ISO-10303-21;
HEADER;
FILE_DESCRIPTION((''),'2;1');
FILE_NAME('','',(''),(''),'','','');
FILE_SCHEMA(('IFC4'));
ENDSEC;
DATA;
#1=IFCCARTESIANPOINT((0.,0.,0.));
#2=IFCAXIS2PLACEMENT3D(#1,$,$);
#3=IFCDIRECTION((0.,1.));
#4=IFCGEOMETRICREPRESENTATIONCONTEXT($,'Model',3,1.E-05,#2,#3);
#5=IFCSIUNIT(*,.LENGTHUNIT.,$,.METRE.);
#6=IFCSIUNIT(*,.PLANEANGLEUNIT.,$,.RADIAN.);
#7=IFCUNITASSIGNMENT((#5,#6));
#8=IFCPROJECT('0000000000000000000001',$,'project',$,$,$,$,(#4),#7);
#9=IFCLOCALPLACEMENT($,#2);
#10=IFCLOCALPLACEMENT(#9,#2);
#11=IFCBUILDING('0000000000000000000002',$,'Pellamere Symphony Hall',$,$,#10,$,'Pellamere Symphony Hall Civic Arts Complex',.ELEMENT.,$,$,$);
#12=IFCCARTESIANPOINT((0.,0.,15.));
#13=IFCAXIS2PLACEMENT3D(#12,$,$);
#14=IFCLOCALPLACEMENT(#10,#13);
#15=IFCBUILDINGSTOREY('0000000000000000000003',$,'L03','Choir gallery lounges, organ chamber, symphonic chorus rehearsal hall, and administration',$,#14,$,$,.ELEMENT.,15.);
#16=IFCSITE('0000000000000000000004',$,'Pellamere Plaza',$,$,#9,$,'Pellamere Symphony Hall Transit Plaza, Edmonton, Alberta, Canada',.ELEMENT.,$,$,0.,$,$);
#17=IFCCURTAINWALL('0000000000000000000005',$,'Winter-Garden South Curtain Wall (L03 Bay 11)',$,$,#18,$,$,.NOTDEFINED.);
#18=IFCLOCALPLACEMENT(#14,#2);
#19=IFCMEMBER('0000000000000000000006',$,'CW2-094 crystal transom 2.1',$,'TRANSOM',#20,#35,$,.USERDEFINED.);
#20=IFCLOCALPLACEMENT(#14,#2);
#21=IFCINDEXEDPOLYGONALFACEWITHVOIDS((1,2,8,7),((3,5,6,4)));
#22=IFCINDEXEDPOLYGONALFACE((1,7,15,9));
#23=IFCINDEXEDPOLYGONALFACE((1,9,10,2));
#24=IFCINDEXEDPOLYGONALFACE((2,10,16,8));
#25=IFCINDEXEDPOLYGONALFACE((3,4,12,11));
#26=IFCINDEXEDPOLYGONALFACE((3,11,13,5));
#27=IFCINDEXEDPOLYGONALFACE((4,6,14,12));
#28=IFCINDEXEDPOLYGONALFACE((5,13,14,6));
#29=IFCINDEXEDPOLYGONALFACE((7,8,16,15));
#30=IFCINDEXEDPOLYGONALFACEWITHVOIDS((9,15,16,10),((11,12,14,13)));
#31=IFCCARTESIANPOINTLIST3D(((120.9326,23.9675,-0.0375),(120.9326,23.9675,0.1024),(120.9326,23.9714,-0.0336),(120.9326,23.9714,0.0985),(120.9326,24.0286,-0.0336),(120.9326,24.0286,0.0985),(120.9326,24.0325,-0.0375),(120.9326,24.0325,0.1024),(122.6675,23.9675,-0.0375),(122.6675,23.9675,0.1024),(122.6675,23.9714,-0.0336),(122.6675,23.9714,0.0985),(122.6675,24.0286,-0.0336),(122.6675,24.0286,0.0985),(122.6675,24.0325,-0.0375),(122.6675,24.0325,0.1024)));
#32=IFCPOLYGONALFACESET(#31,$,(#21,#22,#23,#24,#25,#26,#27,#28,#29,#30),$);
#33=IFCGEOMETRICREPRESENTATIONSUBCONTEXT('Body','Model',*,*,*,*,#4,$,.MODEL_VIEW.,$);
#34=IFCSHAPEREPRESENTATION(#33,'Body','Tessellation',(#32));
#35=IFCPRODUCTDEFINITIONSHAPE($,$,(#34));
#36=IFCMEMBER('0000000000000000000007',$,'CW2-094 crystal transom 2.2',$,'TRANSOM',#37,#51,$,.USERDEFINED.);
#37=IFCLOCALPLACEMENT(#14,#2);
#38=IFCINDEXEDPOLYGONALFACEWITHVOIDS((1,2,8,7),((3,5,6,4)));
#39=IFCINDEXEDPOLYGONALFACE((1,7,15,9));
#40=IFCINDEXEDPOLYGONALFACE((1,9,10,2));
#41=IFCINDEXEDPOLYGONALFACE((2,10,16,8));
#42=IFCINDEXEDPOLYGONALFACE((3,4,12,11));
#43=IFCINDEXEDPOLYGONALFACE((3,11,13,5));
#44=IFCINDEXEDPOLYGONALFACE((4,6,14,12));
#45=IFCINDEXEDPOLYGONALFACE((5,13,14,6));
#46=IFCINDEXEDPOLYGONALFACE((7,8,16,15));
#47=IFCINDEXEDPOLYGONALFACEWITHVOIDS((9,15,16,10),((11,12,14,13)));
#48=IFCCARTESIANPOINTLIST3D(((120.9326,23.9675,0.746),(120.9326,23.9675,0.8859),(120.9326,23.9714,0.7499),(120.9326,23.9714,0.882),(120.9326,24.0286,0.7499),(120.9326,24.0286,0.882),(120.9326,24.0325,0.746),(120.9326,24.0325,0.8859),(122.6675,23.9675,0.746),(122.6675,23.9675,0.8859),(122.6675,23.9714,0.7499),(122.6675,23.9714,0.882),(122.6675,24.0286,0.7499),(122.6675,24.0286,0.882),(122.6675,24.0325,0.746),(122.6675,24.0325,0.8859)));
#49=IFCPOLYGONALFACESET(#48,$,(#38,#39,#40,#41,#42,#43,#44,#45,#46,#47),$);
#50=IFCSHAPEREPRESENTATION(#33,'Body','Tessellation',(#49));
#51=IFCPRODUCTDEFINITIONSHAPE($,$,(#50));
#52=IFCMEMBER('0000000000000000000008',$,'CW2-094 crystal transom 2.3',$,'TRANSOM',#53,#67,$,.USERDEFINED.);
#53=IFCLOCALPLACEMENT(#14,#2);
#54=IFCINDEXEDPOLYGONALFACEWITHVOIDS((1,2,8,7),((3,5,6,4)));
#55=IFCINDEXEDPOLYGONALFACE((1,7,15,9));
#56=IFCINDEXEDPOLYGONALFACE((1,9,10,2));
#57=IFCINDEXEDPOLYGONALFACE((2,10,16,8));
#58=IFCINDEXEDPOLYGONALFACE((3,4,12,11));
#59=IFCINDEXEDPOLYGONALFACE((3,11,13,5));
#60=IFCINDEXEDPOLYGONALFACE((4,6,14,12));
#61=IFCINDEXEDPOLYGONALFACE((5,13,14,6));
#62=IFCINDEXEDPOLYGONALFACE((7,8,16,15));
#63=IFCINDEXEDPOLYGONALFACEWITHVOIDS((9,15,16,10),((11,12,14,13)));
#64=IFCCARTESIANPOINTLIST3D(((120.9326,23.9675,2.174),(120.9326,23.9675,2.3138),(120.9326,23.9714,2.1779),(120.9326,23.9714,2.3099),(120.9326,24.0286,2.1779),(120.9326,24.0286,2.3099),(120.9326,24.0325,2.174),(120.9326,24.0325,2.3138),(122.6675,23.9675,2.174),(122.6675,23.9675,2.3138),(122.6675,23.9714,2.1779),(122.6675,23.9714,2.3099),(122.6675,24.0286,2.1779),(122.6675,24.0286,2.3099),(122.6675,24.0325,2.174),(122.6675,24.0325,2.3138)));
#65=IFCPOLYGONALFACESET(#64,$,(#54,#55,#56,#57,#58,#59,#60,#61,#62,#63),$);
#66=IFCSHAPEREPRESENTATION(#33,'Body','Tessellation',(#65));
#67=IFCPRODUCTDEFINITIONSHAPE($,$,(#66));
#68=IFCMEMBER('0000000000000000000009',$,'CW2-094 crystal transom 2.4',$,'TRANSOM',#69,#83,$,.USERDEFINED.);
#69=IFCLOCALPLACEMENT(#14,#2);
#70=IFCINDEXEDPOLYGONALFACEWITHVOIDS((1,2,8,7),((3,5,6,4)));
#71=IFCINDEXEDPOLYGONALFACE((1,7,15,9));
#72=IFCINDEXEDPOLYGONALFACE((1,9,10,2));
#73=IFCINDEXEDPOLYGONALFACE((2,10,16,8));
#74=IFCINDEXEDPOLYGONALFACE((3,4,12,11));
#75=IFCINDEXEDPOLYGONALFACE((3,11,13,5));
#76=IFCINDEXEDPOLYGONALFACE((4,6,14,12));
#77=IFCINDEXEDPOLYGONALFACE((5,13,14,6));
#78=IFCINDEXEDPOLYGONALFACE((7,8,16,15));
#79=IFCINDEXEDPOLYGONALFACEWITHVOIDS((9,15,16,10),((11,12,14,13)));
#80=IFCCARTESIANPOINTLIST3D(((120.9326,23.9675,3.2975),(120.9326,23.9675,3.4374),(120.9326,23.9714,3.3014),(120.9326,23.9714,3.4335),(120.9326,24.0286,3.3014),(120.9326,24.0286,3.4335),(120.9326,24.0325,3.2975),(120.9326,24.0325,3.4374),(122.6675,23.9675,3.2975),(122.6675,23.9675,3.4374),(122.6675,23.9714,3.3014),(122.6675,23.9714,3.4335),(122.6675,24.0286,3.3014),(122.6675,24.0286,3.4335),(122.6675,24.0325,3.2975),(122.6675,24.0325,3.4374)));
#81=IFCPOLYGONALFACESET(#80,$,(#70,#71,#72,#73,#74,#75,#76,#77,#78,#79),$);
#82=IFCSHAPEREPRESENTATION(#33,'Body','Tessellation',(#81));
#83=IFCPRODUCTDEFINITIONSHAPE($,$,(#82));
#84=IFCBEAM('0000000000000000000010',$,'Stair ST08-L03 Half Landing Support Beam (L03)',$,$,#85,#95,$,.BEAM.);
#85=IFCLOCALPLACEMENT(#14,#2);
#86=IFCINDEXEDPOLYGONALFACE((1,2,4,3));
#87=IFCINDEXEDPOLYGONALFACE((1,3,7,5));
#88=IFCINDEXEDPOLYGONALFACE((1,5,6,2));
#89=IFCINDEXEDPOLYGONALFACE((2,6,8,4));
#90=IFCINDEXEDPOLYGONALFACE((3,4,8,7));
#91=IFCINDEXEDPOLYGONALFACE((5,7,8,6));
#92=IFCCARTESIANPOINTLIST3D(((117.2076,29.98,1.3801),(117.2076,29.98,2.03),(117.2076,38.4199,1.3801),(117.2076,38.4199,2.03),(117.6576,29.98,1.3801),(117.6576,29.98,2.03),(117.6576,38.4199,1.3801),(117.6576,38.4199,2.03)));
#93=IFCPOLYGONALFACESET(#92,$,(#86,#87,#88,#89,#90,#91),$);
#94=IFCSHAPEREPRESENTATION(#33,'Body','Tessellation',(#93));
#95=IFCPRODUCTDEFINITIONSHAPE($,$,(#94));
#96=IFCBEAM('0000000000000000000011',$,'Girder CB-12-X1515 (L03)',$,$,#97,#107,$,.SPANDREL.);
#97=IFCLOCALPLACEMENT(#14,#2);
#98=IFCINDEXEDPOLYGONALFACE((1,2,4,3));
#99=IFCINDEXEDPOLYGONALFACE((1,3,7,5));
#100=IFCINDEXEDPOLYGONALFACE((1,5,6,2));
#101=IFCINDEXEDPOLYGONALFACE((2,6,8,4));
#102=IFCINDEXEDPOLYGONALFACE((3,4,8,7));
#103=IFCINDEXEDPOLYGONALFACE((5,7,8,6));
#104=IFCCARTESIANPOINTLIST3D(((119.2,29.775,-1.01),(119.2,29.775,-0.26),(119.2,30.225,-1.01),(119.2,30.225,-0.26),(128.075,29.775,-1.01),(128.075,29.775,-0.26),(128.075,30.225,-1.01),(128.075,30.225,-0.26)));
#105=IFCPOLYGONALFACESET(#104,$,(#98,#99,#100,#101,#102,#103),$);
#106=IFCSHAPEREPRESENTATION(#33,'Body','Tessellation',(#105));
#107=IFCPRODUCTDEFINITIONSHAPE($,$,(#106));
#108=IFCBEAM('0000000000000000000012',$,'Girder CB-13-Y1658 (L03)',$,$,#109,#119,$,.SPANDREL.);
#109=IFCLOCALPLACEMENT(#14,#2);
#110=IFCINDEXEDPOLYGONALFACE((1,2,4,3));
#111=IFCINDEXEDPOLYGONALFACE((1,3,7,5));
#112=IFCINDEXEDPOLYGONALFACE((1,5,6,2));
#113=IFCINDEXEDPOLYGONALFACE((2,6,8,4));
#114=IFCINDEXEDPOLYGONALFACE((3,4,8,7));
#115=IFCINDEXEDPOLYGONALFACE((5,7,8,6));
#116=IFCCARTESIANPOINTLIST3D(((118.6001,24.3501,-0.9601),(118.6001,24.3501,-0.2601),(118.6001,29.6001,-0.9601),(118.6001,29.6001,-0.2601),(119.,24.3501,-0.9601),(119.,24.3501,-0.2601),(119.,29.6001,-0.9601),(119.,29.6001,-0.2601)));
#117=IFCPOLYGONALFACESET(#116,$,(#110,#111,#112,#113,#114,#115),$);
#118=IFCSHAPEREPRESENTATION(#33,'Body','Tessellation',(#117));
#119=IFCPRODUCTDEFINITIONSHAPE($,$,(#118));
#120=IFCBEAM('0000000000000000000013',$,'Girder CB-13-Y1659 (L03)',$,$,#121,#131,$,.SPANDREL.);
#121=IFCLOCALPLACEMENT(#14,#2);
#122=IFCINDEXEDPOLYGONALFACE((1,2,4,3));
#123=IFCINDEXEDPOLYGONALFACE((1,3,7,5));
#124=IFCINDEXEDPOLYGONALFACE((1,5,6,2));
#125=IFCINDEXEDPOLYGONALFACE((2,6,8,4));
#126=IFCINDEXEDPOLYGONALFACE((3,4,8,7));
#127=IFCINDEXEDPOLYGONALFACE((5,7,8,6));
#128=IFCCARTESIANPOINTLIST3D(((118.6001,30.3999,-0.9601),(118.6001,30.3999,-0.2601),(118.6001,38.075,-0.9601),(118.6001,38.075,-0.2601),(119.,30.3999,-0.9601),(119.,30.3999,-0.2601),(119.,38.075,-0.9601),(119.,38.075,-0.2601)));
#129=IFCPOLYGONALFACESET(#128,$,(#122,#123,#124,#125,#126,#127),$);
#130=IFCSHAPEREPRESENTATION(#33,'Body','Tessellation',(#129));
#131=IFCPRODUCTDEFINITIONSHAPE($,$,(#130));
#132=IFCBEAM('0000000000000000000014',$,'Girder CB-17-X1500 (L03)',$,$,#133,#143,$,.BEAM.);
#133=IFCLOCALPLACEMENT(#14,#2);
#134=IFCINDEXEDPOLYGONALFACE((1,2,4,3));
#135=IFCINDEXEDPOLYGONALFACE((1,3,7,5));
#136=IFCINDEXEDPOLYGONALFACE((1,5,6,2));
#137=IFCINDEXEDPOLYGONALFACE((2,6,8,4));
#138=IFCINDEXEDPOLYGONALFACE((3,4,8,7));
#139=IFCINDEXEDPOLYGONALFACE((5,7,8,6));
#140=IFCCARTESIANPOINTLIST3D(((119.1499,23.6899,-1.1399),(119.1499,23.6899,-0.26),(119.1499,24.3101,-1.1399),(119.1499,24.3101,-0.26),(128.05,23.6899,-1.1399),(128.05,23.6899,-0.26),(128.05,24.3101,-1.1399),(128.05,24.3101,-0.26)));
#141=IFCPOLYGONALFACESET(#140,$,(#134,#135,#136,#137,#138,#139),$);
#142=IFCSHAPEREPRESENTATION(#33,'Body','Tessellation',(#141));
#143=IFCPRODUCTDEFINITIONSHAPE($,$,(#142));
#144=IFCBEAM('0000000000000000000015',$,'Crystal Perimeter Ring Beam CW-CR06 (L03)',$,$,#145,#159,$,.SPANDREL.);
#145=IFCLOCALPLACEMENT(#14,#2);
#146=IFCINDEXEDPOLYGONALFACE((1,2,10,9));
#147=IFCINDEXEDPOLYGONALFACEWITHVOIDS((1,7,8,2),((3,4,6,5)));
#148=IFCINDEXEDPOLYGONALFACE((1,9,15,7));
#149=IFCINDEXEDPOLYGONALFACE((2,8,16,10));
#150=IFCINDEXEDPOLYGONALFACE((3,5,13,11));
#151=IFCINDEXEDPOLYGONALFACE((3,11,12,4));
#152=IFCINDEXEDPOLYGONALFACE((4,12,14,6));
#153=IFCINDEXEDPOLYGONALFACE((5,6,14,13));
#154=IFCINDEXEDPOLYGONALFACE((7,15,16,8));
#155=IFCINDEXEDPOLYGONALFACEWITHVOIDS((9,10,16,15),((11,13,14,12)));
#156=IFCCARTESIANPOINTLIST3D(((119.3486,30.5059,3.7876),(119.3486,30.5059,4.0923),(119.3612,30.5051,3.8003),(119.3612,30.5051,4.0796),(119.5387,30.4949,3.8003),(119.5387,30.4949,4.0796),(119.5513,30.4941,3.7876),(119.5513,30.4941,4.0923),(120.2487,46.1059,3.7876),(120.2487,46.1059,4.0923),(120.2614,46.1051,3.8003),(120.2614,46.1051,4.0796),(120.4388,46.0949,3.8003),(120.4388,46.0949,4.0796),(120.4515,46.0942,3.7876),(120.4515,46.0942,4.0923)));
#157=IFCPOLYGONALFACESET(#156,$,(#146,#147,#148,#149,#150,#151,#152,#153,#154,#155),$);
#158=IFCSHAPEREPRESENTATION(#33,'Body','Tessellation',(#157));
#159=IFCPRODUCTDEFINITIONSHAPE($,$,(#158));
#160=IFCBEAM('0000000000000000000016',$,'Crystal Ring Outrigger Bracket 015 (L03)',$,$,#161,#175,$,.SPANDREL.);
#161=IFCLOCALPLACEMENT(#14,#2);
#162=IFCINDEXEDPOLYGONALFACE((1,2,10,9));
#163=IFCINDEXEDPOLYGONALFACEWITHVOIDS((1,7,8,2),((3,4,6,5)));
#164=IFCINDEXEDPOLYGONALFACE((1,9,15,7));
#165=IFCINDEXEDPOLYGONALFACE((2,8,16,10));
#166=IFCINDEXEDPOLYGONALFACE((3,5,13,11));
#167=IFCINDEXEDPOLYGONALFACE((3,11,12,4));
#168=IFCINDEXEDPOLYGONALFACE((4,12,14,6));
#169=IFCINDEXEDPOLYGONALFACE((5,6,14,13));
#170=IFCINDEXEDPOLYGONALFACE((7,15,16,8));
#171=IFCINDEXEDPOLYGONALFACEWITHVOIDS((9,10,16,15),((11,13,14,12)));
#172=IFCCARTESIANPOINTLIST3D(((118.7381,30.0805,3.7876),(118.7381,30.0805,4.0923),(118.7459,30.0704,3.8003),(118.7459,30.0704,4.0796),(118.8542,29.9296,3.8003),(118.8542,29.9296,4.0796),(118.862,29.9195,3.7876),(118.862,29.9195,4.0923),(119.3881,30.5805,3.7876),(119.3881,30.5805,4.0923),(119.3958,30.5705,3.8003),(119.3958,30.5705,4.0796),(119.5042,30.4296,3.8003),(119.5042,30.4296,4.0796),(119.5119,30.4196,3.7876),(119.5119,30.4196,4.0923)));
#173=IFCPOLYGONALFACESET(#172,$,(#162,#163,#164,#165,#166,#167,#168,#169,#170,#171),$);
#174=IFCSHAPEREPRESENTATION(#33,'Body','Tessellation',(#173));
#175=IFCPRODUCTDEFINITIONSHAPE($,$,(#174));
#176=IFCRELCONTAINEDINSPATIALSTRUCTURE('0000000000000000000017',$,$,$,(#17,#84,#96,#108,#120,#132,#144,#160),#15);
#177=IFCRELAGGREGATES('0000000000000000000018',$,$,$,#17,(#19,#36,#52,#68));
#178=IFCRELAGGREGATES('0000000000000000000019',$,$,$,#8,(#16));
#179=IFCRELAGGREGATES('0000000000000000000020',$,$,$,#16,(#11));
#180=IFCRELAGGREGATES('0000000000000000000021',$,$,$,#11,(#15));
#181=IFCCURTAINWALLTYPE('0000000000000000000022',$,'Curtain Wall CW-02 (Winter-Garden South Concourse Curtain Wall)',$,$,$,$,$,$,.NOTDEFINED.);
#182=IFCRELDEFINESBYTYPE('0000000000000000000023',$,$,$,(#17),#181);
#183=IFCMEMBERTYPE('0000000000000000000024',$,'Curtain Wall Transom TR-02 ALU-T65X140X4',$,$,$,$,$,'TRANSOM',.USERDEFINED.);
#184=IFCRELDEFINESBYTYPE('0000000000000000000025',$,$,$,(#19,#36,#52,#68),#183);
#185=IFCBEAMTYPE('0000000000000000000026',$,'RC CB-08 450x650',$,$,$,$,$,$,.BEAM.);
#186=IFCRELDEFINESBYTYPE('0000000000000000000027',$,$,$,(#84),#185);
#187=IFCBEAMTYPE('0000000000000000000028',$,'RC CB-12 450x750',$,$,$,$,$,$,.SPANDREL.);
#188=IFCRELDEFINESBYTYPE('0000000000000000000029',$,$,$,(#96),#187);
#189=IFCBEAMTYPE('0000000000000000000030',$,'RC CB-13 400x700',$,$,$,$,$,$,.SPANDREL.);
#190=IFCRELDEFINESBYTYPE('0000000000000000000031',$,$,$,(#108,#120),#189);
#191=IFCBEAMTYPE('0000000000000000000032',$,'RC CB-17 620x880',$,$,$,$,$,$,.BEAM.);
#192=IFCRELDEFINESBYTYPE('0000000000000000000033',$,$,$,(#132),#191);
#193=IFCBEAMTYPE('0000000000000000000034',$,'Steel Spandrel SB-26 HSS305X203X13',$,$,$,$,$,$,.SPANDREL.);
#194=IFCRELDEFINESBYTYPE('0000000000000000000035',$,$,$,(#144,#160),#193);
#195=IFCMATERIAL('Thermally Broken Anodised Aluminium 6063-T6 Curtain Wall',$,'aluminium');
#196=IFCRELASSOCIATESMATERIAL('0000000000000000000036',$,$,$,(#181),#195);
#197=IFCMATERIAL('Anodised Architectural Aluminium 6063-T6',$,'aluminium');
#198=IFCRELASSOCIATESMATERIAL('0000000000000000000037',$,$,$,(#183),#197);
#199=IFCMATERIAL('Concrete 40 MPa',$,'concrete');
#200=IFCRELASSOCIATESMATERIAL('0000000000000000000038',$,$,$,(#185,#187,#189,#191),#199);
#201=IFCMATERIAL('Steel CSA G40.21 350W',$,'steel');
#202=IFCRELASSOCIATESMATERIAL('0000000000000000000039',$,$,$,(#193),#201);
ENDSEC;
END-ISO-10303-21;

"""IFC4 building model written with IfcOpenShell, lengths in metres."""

from ifc_helpers import new_model, si_unit, direction, frame, origin, origin_2d, place, context, subcontext, project, spatial, rectangle, hollow_rectangle, extrude, material, material_profile, profile_set, type_object, element, aggregate, save


model = new_model("IFC4")

# Units and contexts
model_context = context("Model", 3, precision=1e-05, world=origin(), true_north=direction((0.0, 1.0)))
body_context = subcontext(model_context, "Body", "Model", "MODEL_VIEW")
ifc_project = project(units=[si_unit("LENGTHUNIT", "METRE"), si_unit("PLANEANGLEUNIT", "RADIAN")], contexts=[model_context])

# Site, building, storey
site_placement = place(None, origin())
site = spatial("IfcSite", under=ifc_project, at=site_placement, Name="Pellamere Plaza", LongName="Pellamere Symphony Hall Transit Plaza, Edmonton, Alberta, Canada", CompositionType="ELEMENT", RefElevation=0.0)
building_placement = place(site_placement, origin())
building = spatial("IfcBuilding", under=site, at=building_placement, Name="Pellamere Symphony Hall", LongName="Pellamere Symphony Hall Civic Arts Complex", CompositionType="ELEMENT")
storey_placement = place(building_placement, frame((0.0, 0.0, 15.0)))
storey = spatial("IfcBuildingStorey", under=building, at=storey_placement, Name="L03", Description="Choir gallery lounges, organ chamber, symphonic chorus rehearsal hall, and administration", CompositionType="ELEMENT", Elevation=15.0)

# Shared definitions
ifc_material_1 = material(Name="Concrete 40 MPa", Category="concrete")

# Shared definitions
ifc_material_2 = material(Name="Thermally Broken Anodised Aluminium 6063-T6 Curtain Wall", Category="aluminium")
curtain_wall_type = type_object("IfcCurtainWallType", Name="Curtain Wall CW-02 (Winter-Garden South Concourse Curtain Wall)", PredefinedType="NOTDEFINED", material=ifc_material_2)
ifc_material_3 = material(Name="Anodised Architectural Aluminium 6063-T6", Category="aluminium")

# Curtain wall, members
curtain_wall_1_placement = place(storey_placement, origin())
curtain_wall_1 = element("IfcCurtainWall", 1, at=curtain_wall_1_placement, inside=storey, type_object=curtain_wall_type, Name="Winter-Garden South Curtain Wall (L03 Bay 11)", PredefinedType="NOTDEFINED")
ifc_material_profile_1 = material_profile(ifc_material_3, hollow_rectangle(XDim=0.0649, YDim=0.1399, WallThickness=0.0039, at=origin_2d()), Name="ALU-T65X140X4")
ifc_profile_set_1 = profile_set([ifc_material_profile_1], Name="Anodised Architectural Aluminium 6063-T6")
member_type_1 = type_object("IfcMemberType", Name="Curtain Wall Transom TR-02 ALU-T65X140X4", ElementType="TRANSOM", PredefinedType="USERDEFINED", material=ifc_profile_set_1)
member_1_placement = place(storey_placement, frame((120.9326, 24.0, 0.0325), z_axis=(1.0, 0.0, 0.0), x_axis=(0.0, 1.0, 0.0)))
member_1 = element("IfcMember", 2, at=member_1_placement, type_object=member_type_1, Name="CW2-094 crystal transom 2.1", ObjectType="TRANSOM", PredefinedType="USERDEFINED", context=body_context, shape_type="SweptSolid", body=[
    extrude(hollow_rectangle(XDim=0.0649, YDim=0.1399, WallThickness=0.0039, at=origin_2d()), origin(), (0.0, 0.0, 1.0), 1.7349),
])
member_2_placement = place(storey_placement, frame((120.9326, 24.0, 0.8159), z_axis=(1.0, 0.0, 0.0), x_axis=(0.0, 1.0, 0.0)))
member_2 = element("IfcMember", 3, at=member_2_placement, type_object=member_type_1, Name="CW2-094 crystal transom 2.2", ObjectType="TRANSOM", PredefinedType="USERDEFINED", context=body_context, shape_type="SweptSolid", body=[
    extrude(hollow_rectangle(XDim=0.0649, YDim=0.1399, WallThickness=0.0039, at=origin_2d()), origin(), (0.0, 0.0, 1.0), 1.7349),
])
member_3_placement = place(storey_placement, frame((120.9326, 24.0, 2.2439), z_axis=(1.0, 0.0, 0.0), x_axis=(0.0, 1.0, 0.0)))
member_3 = element("IfcMember", 4, at=member_3_placement, type_object=member_type_1, Name="CW2-094 crystal transom 2.3", ObjectType="TRANSOM", PredefinedType="USERDEFINED", context=body_context, shape_type="SweptSolid", body=[
    extrude(hollow_rectangle(XDim=0.0649, YDim=0.1399, WallThickness=0.0039, at=origin_2d()), origin(), (0.0, 0.0, 1.0), 1.7349),
])
member_4_placement = place(storey_placement, frame((120.9326, 24.0, 3.3674), z_axis=(1.0, 0.0, 0.0), x_axis=(0.0, 1.0, 0.0)))
member_4 = element("IfcMember", 5, at=member_4_placement, type_object=member_type_1, Name="CW2-094 crystal transom 2.4", ObjectType="TRANSOM", PredefinedType="USERDEFINED", context=body_context, shape_type="SweptSolid", body=[
    extrude(hollow_rectangle(XDim=0.0649, YDim=0.1399, WallThickness=0.0039, at=origin_2d()), origin(), (0.0, 0.0, 1.0), 1.7349),
])

# Beams
ifc_material_profile_2 = material_profile(ifc_material_1, rectangle(XDim=0.45, YDim=0.6499, at=origin_2d()), Name="RC 450x650")
ifc_profile_set_2 = profile_set([ifc_material_profile_2], Name="Concrete 40 MPa")
beam_type_1 = type_object("IfcBeamType", Name="RC CB-08 450x650", PredefinedType="BEAM", material=ifc_profile_set_2)
beam_1_placement = place(storey_placement, frame((117.4326, 29.98, 1.7051), z_axis=(0.0, 1.0, 0.0), x_axis=(-1.0, 0.0, 0.0)))
element("IfcBeam", 6, at=beam_1_placement, inside=storey, type_object=beam_type_1, Name="Stair ST08-L03 Half Landing Support Beam (L03)", PredefinedType="BEAM", context=body_context, shape_type="SweptSolid", body=[
    extrude(rectangle(XDim=0.45, YDim=0.6499, at=origin_2d()), origin(), (0.0, 0.0, 1.0), 8.4399),
])
ifc_material_profile_3 = material_profile(ifc_material_1, rectangle(XDim=0.45, YDim=0.75, at=origin_2d()), Name="RC 450x750")
ifc_profile_set_3 = profile_set([ifc_material_profile_3], Name="Concrete 40 MPa")
beam_type_2 = type_object("IfcBeamType", Name="RC CB-12 450x750", PredefinedType="SPANDREL", material=ifc_profile_set_3)
beam_2_placement = place(storey_placement, frame((119.2, 30.0, -0.635), z_axis=(1.0, 0.0, 0.0), x_axis=(0.0, 1.0, 0.0)))
element("IfcBeam", 7, at=beam_2_placement, inside=storey, type_object=beam_type_2, Name="Girder CB-12-X1515 (L03)", PredefinedType="SPANDREL", context=body_context, shape_type="SweptSolid", body=[
    extrude(rectangle(XDim=0.45, YDim=0.75, at=origin_2d()), origin(), (0.0, 0.0, 1.0), 8.875),
])
ifc_material_profile_4 = material_profile(ifc_material_1, rectangle(XDim=0.3999, YDim=0.7, at=origin_2d()), Name="RC 400x700")
ifc_profile_set_4 = profile_set([ifc_material_profile_4], Name="Concrete 40 MPa")
beam_type_3 = type_object("IfcBeamType", Name="RC CB-13 400x700", PredefinedType="SPANDREL", material=ifc_profile_set_4)
beam_3_placement = place(storey_placement, frame((118.8, 24.3501, -0.6101), z_axis=(0.0, 1.0, 0.0), x_axis=(-1.0, 0.0, 0.0)))
element("IfcBeam", 8, at=beam_3_placement, inside=storey, type_object=beam_type_3, Name="Girder CB-13-Y1658 (L03)", PredefinedType="SPANDREL", context=body_context, shape_type="SweptSolid", body=[
    extrude(rectangle(XDim=0.3999, YDim=0.7, at=origin_2d()), origin(), (0.0, 0.0, 1.0), 5.25),
])
beam_4_placement = place(storey_placement, frame((118.8, 30.3999, -0.6101), z_axis=(0.0, 1.0, 0.0), x_axis=(-1.0, 0.0, 0.0)))
element("IfcBeam", 9, at=beam_4_placement, inside=storey, type_object=beam_type_3, Name="Girder CB-13-Y1659 (L03)", PredefinedType="SPANDREL", context=body_context, shape_type="SweptSolid", body=[
    extrude(rectangle(XDim=0.3999, YDim=0.7, at=origin_2d()), origin(), (0.0, 0.0, 1.0), 7.675),
])
ifc_material_profile_5 = material_profile(ifc_material_1, rectangle(XDim=0.6201, YDim=0.8799, at=origin_2d()), Name="RC 620x880")
ifc_profile_set_5 = profile_set([ifc_material_profile_5], Name="Concrete 40 MPa")
beam_type_4 = type_object("IfcBeamType", Name="RC CB-17 620x880", PredefinedType="BEAM", material=ifc_profile_set_5)
beam_5_placement = place(storey_placement, frame((119.1499, 24.0, -0.7), z_axis=(1.0, 0.0, 0.0), x_axis=(0.0, 1.0, 0.0)))
element("IfcBeam", 10, at=beam_5_placement, inside=storey, type_object=beam_type_4, Name="Girder CB-17-X1500 (L03)", PredefinedType="BEAM", context=body_context, shape_type="SweptSolid", body=[
    extrude(rectangle(XDim=0.6201, YDim=0.8799, at=origin_2d()), origin(), (0.0, 0.0, 1.0), 8.9001),
])
ifc_material_4 = material(Name="Steel CSA G40.21 350W", Category="steel")
ifc_material_profile_6 = material_profile(ifc_material_4, hollow_rectangle(XDim=0.2031, YDim=0.3047, WallThickness=0.0127, at=origin_2d()), Name="HSS305X203X13")
ifc_profile_set_6 = profile_set([ifc_material_profile_6], Name="Steel CSA G40.21 350W")
beam_type_5 = type_object("IfcBeamType", Name="Steel Spandrel SB-26 HSS305X203X13", PredefinedType="SPANDREL", material=ifc_profile_set_6)
beam_6_placement = place(storey_placement, frame((119.45, 30.5, 3.9399), z_axis=(0.057606, 0.998339, 0.0), x_axis=(-0.998339, 0.057606, 0.0)))
element("IfcBeam", 11, at=beam_6_placement, inside=storey, type_object=beam_type_5, Name="Crystal Perimeter Ring Beam CW-CR06 (L03)", PredefinedType="SPANDREL", context=body_context, shape_type="SweptSolid", body=[
    extrude(hollow_rectangle(XDim=0.2031, YDim=0.3047, WallThickness=0.0127, at=origin_2d()), origin(), (0.0, 0.0, 1.0), 15.626),
])
beam_7_placement = place(storey_placement, frame((118.8, 30.0, 3.9399), z_axis=(0.79258, 0.609768, 0.0), x_axis=(-0.609768, 0.79258, 0.0)))
element("IfcBeam", 12, at=beam_7_placement, inside=storey, type_object=beam_type_5, Name="Crystal Ring Outrigger Bracket 015 (L03)", PredefinedType="SPANDREL", context=body_context, shape_type="SweptSolid", body=[
    extrude(hollow_rectangle(XDim=0.2031, YDim=0.3047, WallThickness=0.0127, at=origin_2d()), origin(), (0.0, 0.0, 1.0), 0.8201),
])

aggregate(curtain_wall_1, [member_1, member_2, member_3, member_4])

save(model, "model.ifc")
